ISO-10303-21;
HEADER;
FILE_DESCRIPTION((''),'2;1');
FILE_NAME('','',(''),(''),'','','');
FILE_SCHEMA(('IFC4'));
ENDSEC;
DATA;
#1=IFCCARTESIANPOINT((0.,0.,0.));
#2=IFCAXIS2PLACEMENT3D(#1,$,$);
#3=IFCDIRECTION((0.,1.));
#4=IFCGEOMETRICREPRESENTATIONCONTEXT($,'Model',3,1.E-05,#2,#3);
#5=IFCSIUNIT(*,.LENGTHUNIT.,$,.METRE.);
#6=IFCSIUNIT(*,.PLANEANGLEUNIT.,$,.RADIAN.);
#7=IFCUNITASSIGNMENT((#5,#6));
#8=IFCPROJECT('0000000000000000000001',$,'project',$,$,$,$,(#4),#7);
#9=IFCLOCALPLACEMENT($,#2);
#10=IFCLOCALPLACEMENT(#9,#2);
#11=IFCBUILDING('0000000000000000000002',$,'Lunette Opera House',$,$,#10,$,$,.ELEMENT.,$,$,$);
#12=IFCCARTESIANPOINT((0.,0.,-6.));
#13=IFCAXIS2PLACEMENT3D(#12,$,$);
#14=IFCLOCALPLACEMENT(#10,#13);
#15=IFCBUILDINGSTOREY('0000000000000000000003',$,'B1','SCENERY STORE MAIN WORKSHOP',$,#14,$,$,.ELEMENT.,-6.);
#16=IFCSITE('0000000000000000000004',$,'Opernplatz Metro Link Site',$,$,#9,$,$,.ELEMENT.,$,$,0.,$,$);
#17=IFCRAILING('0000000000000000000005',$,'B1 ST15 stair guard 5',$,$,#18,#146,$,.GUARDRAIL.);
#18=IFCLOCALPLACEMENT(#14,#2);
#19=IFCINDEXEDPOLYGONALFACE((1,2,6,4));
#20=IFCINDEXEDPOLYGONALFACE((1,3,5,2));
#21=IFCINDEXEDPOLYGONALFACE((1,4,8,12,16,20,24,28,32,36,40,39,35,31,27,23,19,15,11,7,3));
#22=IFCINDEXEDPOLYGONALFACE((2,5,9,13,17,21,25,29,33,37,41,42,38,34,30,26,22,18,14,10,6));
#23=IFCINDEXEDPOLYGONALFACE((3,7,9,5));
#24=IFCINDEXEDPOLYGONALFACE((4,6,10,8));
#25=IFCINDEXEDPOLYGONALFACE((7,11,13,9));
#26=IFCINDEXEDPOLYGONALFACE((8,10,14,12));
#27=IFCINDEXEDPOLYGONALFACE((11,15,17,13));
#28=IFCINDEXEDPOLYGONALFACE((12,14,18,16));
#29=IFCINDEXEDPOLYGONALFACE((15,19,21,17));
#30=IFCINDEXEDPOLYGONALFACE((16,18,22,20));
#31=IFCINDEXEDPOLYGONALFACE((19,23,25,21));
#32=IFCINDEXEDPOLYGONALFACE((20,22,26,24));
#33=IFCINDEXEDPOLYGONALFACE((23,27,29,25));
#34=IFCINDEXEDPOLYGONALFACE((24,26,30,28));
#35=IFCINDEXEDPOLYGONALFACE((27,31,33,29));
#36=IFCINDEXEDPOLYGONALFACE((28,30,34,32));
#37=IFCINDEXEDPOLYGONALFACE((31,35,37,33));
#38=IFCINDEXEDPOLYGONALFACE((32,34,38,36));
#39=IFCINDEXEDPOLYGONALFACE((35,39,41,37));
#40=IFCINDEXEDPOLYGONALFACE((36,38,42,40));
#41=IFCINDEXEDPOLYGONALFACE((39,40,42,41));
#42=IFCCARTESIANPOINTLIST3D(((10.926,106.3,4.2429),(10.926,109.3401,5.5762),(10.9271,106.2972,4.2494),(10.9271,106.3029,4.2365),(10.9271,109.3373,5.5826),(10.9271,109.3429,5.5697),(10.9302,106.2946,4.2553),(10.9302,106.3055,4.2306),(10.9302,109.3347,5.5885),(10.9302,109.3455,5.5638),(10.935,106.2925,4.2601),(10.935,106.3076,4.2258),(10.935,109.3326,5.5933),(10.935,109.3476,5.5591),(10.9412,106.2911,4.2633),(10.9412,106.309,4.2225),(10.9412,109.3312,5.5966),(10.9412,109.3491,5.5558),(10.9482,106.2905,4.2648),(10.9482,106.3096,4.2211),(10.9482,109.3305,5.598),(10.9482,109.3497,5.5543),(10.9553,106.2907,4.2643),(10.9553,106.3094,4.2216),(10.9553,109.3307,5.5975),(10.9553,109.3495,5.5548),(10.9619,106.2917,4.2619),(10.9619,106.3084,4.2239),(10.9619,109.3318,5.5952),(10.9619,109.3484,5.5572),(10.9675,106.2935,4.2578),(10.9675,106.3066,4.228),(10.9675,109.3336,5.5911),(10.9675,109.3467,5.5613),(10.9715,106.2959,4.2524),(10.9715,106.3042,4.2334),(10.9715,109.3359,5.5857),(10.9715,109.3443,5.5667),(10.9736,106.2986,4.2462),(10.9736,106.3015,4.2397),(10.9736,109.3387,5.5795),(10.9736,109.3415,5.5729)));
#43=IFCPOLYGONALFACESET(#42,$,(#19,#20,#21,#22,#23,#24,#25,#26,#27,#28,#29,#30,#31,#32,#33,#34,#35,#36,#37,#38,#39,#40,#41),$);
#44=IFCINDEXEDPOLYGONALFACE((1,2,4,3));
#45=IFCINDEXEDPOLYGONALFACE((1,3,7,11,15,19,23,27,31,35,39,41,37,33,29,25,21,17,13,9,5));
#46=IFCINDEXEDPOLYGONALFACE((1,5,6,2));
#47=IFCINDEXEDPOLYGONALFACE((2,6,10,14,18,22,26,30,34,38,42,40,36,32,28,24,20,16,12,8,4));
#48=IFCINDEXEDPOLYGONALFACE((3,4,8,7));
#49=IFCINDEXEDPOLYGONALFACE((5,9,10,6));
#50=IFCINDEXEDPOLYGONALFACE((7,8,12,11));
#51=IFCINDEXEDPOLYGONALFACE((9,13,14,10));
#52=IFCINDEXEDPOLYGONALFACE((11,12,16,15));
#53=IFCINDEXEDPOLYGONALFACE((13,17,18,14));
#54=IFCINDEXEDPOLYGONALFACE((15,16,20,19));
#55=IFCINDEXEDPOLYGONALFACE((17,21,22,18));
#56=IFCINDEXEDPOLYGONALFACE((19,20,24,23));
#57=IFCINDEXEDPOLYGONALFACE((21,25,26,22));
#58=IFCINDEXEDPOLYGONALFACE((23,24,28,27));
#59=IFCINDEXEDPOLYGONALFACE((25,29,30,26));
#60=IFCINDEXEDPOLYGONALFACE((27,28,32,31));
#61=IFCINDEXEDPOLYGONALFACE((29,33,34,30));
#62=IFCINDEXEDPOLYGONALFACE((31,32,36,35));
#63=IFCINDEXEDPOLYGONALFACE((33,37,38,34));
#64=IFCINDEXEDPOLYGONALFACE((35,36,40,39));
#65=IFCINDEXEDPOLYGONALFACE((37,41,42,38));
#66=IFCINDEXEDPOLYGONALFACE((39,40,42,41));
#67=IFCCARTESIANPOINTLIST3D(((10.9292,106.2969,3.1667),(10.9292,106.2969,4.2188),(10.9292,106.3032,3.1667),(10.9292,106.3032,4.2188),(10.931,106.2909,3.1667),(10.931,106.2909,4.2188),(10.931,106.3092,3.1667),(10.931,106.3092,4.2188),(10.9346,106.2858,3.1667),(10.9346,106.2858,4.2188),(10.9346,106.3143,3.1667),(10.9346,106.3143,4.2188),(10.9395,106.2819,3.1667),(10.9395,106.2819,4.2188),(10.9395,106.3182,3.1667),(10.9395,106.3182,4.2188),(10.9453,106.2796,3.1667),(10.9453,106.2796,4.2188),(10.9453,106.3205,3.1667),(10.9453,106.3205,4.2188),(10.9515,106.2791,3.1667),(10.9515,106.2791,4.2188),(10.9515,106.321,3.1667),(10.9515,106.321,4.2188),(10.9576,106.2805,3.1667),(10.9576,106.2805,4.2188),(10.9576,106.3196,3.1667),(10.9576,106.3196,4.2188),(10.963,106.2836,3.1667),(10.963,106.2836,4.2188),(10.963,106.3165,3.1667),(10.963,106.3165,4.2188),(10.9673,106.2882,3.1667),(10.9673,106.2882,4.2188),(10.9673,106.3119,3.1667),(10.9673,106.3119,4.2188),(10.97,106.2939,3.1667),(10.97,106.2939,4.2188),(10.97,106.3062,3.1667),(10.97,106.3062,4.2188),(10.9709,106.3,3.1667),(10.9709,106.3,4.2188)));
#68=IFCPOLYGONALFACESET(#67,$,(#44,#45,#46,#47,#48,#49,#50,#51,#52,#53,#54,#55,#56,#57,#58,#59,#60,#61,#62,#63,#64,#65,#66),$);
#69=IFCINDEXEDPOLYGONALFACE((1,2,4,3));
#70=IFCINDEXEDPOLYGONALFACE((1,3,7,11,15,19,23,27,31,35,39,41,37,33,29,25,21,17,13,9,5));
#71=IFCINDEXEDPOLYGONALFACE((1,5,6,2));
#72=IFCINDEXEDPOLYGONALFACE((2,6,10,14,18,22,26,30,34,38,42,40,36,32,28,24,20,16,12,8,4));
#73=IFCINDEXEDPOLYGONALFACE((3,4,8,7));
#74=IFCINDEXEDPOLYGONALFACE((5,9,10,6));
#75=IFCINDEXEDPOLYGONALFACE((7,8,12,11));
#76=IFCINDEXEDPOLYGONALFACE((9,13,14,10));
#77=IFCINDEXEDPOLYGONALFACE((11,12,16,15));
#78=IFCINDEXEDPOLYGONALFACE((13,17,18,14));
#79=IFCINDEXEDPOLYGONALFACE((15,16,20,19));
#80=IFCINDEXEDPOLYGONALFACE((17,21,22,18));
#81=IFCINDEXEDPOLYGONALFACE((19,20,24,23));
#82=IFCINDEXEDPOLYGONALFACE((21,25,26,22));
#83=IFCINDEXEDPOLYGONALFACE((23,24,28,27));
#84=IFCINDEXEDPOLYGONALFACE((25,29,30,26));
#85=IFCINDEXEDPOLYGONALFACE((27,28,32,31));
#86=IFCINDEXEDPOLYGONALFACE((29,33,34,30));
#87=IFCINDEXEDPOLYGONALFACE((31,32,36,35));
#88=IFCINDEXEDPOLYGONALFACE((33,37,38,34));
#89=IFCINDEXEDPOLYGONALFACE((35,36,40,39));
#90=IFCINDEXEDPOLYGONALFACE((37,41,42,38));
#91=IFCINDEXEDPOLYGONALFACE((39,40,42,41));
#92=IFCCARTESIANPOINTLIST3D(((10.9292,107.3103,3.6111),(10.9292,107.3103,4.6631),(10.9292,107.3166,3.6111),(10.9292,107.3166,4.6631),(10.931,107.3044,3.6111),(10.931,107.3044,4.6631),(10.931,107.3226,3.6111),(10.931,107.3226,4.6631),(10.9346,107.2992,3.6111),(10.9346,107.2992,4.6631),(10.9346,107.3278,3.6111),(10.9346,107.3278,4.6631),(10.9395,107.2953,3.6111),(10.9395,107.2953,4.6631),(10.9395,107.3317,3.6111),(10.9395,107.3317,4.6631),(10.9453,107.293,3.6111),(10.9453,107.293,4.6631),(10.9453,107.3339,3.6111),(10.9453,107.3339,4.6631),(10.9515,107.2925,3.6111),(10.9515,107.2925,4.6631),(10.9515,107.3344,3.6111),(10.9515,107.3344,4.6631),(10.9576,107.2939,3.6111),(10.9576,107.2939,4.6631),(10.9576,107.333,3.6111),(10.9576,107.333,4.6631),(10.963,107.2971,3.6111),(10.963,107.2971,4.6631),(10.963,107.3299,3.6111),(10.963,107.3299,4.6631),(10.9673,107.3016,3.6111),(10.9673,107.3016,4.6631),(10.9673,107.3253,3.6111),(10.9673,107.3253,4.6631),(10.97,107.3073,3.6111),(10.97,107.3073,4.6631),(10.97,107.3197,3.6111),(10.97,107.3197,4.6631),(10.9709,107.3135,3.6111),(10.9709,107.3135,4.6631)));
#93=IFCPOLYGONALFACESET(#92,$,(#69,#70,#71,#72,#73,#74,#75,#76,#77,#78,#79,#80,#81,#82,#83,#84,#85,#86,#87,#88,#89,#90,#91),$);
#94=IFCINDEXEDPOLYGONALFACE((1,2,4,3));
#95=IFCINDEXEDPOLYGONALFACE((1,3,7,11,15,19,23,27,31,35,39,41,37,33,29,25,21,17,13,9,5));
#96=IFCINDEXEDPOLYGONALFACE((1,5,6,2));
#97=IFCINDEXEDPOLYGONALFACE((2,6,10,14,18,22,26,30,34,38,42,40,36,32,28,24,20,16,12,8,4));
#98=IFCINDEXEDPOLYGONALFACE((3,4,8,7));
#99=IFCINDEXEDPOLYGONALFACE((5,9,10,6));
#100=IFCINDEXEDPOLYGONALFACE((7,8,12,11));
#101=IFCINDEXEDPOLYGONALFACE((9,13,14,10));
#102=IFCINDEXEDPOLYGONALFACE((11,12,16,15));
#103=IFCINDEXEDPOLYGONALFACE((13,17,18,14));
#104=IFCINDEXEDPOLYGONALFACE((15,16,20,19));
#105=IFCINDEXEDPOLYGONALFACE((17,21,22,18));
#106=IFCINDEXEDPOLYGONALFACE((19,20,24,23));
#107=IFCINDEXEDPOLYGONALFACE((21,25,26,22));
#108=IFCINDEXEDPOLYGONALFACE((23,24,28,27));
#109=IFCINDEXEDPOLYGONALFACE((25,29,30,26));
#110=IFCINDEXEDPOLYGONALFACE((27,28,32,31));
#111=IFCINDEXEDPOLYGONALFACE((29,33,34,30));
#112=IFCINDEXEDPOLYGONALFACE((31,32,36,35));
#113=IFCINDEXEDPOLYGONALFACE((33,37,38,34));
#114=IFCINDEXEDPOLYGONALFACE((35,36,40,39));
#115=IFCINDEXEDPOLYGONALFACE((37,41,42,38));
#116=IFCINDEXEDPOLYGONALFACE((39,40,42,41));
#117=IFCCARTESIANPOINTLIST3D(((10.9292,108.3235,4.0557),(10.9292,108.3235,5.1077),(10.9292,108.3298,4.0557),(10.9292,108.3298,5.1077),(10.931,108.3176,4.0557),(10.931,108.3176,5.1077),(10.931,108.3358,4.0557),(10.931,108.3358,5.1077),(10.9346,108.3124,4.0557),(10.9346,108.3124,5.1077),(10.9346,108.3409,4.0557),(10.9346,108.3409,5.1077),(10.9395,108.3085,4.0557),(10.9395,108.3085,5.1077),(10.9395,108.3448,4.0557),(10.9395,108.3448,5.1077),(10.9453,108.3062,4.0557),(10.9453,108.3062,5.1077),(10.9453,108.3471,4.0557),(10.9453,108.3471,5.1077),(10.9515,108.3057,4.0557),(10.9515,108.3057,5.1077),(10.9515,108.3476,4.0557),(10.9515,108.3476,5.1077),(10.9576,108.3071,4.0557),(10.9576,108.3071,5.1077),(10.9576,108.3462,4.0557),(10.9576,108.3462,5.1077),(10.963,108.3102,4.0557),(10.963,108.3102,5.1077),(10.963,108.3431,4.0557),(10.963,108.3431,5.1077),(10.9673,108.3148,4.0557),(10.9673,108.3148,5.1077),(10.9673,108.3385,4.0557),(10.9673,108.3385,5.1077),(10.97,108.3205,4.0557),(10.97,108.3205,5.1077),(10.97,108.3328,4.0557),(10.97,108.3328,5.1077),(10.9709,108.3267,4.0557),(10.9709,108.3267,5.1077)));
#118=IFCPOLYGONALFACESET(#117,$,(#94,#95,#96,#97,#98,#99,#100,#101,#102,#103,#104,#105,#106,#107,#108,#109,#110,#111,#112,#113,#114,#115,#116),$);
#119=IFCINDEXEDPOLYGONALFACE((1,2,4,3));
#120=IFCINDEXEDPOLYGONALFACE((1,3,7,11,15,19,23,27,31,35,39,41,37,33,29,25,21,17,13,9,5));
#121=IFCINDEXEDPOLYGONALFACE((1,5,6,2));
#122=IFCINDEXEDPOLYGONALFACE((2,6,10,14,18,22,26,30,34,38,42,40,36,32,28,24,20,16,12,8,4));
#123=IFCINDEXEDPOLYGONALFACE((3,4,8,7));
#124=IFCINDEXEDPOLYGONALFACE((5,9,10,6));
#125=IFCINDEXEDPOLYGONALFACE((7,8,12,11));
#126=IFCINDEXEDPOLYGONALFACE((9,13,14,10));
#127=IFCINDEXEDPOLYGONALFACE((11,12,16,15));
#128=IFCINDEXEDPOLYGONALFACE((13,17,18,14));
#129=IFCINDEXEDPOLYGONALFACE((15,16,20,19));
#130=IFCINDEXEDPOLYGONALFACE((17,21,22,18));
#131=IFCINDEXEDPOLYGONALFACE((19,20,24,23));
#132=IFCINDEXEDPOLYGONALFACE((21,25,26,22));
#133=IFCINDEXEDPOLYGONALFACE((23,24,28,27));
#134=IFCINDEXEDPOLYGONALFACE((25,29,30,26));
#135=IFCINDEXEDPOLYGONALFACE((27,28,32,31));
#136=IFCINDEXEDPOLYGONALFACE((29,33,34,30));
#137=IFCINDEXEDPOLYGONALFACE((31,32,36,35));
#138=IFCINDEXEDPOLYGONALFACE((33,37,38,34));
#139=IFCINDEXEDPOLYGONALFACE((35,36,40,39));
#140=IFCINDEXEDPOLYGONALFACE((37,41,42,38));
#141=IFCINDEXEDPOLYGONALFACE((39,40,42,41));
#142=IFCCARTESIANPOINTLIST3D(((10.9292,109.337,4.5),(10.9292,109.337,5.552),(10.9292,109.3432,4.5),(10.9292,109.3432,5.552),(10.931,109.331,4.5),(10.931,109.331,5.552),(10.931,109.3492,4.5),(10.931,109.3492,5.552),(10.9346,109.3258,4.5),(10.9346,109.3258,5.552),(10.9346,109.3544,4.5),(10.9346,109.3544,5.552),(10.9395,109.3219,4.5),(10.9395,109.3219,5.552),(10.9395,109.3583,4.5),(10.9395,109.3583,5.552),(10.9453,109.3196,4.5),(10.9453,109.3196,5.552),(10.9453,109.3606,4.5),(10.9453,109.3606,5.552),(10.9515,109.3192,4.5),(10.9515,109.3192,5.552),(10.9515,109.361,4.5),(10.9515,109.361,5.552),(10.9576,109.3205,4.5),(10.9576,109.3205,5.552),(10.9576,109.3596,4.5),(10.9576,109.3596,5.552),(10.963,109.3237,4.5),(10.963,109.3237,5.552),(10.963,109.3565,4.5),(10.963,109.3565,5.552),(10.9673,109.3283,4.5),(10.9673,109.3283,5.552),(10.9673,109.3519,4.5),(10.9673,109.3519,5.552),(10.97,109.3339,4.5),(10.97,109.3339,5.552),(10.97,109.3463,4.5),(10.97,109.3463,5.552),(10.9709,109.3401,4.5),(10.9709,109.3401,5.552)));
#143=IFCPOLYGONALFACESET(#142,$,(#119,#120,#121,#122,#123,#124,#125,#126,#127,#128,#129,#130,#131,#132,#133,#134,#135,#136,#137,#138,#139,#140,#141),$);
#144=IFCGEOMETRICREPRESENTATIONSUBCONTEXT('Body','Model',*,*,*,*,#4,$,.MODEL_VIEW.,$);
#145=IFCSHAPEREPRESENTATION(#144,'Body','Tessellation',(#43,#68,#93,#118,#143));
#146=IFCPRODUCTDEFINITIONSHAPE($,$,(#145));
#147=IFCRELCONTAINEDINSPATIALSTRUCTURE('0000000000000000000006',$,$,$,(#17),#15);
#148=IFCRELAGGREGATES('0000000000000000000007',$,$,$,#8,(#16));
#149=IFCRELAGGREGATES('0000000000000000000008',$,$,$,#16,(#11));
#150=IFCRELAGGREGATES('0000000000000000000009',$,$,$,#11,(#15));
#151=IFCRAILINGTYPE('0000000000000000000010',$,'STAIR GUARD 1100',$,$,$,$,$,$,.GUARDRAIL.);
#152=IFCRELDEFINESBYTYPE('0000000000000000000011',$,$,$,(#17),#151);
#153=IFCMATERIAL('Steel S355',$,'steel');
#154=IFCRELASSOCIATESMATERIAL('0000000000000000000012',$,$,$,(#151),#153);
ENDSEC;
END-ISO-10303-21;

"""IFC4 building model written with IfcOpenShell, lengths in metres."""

from ifc_helpers import new_model, si_unit, direction, frame, origin, origin_2d, place, context, subcontext, project, spatial, circle, extrude, material, type_object, element, save


model = new_model("IFC4")

# Units and contexts
model_context = context("Model", 3, precision=1e-05, world=origin(), true_north=direction((0.0, 1.0)))
body_context = subcontext(model_context, "Body", "Model", "MODEL_VIEW")
ifc_project = project(units=[si_unit("LENGTHUNIT", "METRE"), si_unit("PLANEANGLEUNIT", "RADIAN")], contexts=[model_context])

# Site, building, storey
site_placement = place(None, origin())
site = spatial("IfcSite", under=ifc_project, at=site_placement, Name="Opernplatz Metro Link Site", CompositionType="ELEMENT", RefElevation=0.0)
building_placement = place(site_placement, origin())
building = spatial("IfcBuilding", under=site, at=building_placement, Name="Lunette Opera House", CompositionType="ELEMENT")
storey_placement = place(building_placement, frame((0.0, 0.0, -6.0)))
storey = spatial("IfcBuildingStorey", under=building, at=storey_placement, Name="B1", Description="SCENERY STORE MAIN WORKSHOP", CompositionType="ELEMENT", Elevation=-6.0)

# Railing
ifc_material_1 = material(Name="Steel S355", Category="steel")
railing_type_1 = type_object("IfcRailingType", Name="STAIR GUARD 1100", PredefinedType="GUARDRAIL", material=ifc_material_1)
railing_1_placement = place(storey_placement, frame((10.95, 106.3, 3.1667)))
element("IfcRailing", 1, at=railing_1_placement, inside=storey, type_object=railing_type_1, Name="B1 ST15 stair guard 5", PredefinedType="GUARDRAIL", context=body_context, shape_type="SweptSolid", body=[
    extrude(circle(Radius=0.0239, at=origin_2d()), frame((0.0, 0.0, 1.0762), z_axis=(0.0, 0.915799, 0.401637), x_axis=(-1.0, 0.0, 0.0)), (0.0, 0.0, 1.0), 3.3196),
    extrude(circle(Radius=0.021, at=origin_2d()), origin(), (0.0, 0.0, 1.0), 1.052),
    extrude(circle(Radius=0.021, at=origin_2d()), frame((0.0, 1.0134, 0.4443)), (0.0, 0.0, 1.0), 1.052),
    extrude(circle(Radius=0.021, at=origin_2d()), frame((0.0, 2.0266, 0.8889)), (0.0, 0.0, 1.0), 1.052),
    extrude(circle(Radius=0.021, at=origin_2d()), frame((0.0, 3.04, 1.3333)), (0.0, 0.0, 1.0), 1.052),
])

save(model, "model.ifc")
